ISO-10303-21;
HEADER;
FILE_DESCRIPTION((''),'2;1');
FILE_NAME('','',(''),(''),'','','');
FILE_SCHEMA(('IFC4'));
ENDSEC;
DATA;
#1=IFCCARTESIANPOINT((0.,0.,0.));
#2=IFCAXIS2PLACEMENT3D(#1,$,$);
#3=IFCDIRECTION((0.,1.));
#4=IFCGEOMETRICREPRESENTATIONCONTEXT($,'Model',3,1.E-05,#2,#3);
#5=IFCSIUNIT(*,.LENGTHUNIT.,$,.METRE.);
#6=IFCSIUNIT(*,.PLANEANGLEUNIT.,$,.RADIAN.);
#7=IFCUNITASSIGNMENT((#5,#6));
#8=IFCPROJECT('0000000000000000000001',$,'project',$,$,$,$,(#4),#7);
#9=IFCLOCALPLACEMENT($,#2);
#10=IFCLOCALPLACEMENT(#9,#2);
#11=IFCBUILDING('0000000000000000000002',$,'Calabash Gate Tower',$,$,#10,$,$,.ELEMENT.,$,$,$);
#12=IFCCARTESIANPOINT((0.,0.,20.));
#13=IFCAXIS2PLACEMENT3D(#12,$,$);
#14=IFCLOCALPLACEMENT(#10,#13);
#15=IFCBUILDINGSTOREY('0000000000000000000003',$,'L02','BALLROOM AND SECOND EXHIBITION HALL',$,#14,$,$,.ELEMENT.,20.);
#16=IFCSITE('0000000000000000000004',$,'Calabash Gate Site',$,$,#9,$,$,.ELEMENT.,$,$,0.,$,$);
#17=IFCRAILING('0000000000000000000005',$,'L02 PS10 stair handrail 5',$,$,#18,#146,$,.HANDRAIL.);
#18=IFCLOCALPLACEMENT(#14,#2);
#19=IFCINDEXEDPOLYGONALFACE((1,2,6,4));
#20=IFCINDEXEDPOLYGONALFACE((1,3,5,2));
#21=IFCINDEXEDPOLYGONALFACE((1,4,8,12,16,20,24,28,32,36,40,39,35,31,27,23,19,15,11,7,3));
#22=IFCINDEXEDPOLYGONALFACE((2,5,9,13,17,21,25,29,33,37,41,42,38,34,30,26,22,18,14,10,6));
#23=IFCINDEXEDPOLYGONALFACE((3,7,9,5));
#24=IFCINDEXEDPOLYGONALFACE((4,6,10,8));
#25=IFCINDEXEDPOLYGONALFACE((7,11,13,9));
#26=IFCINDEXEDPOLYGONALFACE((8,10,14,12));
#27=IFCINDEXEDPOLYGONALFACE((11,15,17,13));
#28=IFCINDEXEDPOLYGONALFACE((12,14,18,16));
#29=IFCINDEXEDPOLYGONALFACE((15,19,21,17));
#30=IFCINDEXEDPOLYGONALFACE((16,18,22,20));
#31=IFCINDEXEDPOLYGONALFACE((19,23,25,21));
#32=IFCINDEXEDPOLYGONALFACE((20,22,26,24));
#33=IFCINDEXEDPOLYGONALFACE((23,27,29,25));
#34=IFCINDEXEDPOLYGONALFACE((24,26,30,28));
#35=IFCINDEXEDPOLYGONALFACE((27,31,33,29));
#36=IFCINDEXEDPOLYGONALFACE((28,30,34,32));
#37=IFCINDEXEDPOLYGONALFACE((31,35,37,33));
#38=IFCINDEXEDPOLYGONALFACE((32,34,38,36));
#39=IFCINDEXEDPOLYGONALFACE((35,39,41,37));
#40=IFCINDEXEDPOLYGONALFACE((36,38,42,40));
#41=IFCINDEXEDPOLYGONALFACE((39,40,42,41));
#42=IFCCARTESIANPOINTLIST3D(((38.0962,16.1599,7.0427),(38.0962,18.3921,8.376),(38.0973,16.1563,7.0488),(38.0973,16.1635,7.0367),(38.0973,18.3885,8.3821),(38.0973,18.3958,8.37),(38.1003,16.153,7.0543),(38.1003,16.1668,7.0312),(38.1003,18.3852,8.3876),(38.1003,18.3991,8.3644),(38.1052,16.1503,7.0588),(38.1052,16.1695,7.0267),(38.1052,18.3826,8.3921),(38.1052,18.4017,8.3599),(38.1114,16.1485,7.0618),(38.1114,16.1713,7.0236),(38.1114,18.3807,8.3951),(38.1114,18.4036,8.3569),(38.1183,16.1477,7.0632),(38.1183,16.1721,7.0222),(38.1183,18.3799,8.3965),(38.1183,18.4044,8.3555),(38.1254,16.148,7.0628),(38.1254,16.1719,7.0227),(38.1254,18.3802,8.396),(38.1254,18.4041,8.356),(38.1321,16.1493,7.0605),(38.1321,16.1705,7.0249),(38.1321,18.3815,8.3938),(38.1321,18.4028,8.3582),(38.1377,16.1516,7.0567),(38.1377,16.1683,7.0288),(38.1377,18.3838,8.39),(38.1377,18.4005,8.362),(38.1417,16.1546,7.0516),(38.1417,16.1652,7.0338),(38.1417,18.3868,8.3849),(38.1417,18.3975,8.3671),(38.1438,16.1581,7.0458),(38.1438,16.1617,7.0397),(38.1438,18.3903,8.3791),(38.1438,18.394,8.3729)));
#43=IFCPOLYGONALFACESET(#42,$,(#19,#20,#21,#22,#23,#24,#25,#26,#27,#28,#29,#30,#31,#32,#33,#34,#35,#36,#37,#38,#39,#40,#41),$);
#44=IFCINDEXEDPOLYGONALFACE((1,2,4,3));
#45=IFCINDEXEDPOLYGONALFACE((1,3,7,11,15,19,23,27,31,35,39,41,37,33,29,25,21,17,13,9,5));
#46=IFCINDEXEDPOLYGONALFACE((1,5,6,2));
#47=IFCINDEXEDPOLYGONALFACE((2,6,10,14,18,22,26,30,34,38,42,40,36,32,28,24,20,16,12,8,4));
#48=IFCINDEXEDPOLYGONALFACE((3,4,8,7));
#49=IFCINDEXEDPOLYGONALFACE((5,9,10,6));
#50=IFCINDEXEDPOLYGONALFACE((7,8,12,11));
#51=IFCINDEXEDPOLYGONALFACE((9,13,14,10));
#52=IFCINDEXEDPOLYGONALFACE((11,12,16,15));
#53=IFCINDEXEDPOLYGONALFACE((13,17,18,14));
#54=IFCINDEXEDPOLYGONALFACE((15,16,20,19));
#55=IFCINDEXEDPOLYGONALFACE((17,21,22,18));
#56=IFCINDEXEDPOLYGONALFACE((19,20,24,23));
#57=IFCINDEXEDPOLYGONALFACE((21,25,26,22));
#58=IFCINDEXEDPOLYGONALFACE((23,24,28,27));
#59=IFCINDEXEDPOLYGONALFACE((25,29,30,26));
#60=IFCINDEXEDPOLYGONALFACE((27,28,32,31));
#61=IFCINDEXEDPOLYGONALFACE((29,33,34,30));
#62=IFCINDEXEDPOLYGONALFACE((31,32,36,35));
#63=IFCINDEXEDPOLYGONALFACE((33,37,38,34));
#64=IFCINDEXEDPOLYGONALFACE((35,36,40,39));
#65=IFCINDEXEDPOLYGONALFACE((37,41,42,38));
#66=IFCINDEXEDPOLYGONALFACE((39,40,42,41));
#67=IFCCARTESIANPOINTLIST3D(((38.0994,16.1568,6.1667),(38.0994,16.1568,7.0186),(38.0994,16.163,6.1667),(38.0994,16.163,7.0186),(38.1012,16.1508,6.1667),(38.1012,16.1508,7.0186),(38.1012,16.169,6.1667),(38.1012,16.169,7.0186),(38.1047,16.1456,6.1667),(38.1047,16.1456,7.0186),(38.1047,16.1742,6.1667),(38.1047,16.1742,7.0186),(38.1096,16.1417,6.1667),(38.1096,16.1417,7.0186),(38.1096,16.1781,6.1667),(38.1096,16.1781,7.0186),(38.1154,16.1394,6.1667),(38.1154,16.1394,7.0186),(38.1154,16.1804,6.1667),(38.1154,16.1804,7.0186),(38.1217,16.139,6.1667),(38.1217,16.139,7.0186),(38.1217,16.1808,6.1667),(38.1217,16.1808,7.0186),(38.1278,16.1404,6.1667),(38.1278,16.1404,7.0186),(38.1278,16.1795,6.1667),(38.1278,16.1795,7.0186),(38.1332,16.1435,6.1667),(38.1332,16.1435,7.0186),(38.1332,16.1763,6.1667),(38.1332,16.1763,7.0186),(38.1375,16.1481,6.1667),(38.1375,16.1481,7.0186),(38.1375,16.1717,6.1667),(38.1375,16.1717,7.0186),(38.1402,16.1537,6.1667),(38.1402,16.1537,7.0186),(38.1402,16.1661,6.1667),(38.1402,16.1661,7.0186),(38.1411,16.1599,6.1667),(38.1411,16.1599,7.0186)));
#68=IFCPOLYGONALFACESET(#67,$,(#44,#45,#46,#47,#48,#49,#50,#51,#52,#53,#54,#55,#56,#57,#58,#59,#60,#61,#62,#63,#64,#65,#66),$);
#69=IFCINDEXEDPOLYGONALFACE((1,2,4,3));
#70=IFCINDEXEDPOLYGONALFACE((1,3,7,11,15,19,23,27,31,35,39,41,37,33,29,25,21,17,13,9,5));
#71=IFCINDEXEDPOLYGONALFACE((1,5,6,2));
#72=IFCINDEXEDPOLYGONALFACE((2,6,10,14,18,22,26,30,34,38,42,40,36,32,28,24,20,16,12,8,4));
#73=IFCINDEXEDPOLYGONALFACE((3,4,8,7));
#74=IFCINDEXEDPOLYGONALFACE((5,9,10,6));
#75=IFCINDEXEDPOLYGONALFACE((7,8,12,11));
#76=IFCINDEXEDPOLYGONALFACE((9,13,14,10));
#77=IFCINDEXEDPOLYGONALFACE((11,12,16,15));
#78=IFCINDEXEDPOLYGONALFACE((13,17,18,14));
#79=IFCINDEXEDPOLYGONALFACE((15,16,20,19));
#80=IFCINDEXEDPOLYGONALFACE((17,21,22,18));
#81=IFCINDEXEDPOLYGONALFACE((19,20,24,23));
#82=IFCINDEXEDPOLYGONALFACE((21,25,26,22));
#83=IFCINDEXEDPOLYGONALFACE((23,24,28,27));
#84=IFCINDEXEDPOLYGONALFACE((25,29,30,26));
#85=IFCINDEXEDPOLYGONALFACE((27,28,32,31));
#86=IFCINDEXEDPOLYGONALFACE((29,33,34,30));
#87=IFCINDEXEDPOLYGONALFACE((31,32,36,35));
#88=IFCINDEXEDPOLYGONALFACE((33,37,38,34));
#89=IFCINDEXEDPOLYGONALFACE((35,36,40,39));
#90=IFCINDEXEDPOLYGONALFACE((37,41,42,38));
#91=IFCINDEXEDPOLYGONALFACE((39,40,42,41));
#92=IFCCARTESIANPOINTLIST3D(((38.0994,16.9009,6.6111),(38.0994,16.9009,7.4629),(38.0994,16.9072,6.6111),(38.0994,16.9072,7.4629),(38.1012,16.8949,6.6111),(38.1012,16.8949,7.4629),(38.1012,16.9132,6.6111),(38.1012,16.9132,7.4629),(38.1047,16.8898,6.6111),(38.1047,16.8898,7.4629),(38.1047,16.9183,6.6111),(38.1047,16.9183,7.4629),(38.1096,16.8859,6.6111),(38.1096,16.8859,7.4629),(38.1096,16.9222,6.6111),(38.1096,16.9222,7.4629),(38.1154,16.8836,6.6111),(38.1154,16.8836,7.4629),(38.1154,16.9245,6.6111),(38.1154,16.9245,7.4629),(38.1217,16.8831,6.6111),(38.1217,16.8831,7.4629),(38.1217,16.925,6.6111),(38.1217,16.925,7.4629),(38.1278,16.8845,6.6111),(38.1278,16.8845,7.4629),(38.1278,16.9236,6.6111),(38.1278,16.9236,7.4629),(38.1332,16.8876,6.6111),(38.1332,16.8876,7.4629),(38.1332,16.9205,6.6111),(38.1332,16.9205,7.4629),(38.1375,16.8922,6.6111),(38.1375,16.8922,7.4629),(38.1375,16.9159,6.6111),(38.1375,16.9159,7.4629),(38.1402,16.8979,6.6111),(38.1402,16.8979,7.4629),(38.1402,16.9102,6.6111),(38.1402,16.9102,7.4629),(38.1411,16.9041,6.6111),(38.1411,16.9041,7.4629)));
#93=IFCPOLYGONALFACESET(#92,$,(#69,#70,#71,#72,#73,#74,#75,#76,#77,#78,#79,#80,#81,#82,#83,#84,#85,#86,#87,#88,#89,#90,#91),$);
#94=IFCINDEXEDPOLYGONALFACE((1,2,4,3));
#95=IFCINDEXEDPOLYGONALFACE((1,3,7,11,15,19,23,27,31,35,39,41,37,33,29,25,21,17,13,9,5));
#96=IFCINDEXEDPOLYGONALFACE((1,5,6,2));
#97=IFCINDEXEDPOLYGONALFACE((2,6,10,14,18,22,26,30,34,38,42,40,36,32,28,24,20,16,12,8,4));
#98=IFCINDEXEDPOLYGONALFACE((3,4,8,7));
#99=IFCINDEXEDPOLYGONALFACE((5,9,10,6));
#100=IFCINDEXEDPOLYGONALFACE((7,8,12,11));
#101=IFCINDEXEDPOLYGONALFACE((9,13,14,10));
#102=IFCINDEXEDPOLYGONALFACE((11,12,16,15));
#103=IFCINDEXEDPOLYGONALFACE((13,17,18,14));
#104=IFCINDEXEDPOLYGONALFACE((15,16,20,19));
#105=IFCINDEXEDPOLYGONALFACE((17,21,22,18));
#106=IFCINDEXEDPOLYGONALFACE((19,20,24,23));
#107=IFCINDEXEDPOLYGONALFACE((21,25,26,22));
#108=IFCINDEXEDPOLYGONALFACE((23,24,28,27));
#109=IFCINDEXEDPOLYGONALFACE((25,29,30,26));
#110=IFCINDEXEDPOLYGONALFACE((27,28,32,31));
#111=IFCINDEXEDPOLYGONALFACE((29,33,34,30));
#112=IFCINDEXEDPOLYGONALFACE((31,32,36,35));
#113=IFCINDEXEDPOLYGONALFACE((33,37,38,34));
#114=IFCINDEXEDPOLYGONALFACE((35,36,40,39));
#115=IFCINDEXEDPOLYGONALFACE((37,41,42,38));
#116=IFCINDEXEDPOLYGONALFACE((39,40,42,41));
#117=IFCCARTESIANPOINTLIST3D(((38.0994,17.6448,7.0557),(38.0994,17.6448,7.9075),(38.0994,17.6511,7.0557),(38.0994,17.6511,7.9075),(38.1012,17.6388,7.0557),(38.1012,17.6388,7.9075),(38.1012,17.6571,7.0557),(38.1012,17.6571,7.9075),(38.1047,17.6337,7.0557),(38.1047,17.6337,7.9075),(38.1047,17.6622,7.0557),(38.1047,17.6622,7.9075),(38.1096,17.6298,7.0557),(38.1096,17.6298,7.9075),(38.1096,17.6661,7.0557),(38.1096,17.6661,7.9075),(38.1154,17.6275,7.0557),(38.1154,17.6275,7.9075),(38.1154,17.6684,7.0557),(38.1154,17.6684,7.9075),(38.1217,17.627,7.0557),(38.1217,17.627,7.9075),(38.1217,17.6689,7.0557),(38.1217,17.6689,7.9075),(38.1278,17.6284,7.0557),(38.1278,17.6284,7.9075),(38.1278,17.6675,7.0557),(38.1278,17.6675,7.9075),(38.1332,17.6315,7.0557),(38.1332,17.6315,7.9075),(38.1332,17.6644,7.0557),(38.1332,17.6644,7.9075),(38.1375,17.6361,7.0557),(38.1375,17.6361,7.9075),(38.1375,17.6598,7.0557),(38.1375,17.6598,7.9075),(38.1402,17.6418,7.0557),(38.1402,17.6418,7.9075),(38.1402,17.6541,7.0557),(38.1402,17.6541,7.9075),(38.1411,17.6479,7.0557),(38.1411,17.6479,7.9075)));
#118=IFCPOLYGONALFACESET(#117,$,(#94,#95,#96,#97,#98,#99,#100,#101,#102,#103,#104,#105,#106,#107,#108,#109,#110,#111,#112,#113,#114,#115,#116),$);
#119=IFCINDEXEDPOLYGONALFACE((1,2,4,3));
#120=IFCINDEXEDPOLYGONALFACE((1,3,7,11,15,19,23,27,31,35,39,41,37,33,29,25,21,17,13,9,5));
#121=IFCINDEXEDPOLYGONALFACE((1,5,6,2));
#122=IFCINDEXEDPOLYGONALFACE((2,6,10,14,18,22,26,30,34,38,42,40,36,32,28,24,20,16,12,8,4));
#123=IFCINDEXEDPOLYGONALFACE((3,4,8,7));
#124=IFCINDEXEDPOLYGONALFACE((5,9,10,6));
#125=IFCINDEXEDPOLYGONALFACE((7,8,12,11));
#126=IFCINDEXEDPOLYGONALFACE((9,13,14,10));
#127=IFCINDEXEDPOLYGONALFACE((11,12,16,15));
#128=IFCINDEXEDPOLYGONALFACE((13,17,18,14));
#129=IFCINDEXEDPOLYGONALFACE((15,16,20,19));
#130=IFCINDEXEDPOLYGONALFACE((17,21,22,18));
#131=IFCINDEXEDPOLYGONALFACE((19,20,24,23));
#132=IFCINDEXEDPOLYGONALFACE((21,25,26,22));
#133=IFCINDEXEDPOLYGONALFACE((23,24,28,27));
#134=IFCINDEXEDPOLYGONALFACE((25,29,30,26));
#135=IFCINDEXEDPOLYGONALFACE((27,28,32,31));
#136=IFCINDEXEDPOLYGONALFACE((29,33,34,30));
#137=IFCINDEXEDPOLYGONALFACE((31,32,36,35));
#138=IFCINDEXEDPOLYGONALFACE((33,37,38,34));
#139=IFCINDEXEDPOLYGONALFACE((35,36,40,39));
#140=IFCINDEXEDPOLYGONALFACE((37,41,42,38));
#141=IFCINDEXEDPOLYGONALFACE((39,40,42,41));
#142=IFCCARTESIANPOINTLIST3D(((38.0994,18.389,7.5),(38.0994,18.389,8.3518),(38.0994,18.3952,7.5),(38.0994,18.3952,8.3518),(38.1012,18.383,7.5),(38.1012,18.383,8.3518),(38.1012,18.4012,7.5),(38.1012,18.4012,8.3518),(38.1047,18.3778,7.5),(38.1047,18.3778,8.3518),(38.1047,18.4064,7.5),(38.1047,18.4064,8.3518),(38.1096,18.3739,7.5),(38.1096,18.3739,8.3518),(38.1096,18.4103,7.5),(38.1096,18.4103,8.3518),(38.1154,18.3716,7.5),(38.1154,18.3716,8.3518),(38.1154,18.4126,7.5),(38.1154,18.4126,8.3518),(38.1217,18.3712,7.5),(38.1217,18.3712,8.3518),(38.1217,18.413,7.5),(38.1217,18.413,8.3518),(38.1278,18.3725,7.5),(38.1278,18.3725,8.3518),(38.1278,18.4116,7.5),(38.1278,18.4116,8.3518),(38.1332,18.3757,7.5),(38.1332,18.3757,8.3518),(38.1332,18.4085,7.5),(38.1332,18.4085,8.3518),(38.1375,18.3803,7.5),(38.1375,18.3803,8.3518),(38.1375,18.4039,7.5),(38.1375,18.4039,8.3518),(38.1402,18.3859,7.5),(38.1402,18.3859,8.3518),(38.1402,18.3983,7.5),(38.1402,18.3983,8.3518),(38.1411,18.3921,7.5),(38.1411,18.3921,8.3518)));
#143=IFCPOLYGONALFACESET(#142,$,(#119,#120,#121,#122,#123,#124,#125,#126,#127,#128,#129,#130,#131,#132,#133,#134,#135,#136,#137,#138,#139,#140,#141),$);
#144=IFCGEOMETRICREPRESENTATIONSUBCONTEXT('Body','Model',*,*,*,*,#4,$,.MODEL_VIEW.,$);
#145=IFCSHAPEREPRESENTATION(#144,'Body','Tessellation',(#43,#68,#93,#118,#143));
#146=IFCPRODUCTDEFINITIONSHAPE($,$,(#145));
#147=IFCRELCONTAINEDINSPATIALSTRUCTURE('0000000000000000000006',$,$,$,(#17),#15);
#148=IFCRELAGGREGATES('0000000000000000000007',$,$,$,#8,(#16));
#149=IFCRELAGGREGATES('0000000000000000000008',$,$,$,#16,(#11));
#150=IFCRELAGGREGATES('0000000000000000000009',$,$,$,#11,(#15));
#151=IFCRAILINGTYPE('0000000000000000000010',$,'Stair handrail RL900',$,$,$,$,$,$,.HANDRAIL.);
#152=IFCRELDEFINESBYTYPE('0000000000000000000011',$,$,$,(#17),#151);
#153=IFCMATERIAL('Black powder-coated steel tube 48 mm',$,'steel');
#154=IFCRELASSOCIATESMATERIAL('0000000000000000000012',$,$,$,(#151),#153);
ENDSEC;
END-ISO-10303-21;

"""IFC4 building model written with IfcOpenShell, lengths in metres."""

from ifc_helpers import new_model, si_unit, direction, frame, origin, origin_2d, place, context, subcontext, project, spatial, circle, extrude, material, type_object, element, save


model = new_model("IFC4")

# Units and contexts
model_context = context("Model", 3, precision=1e-05, world=origin(), true_north=direction((0.0, 1.0)))
body_context = subcontext(model_context, "Body", "Model", "MODEL_VIEW")
ifc_project = project(units=[si_unit("LENGTHUNIT", "METRE"), si_unit("PLANEANGLEUNIT", "RADIAN")], contexts=[model_context])

# Site, building, storey
site_placement = place(None, origin())
site = spatial("IfcSite", under=ifc_project, at=site_placement, Name="Calabash Gate Site", CompositionType="ELEMENT", RefElevation=0.0)
building_placement = place(site_placement, origin())
building = spatial("IfcBuilding", under=site, at=building_placement, Name="Calabash Gate Tower", CompositionType="ELEMENT")
storey_placement = place(building_placement, frame((0.0, 0.0, 20.0)))
storey = spatial("IfcBuildingStorey", under=building, at=storey_placement, Name="L02", Description="BALLROOM AND SECOND EXHIBITION HALL", CompositionType="ELEMENT", Elevation=20.0)

# Railing
ifc_material_1 = material(Name="Black powder-coated steel tube 48 mm", Category="steel")
railing_type_1 = type_object("IfcRailingType", Name="Stair handrail RL900", PredefinedType="HANDRAIL", material=ifc_material_1)
for number, where, name in (
    (1, (38.1201, 16.1599, 6.1667), "L02 PS10 stair handrail 5"),
):
    element("IfcRailing", number, at=place(storey_placement, frame(where)), inside=storey, type_object=railing_type_1, Name=name, PredefinedType="HANDRAIL", context=body_context, shape_type="SweptSolid", body=[
        extrude(circle(Radius=0.0239, at=origin_2d()), frame((0.0, 0.0, 0.876), z_axis=(0.0, 0.858519, 0.512782), x_axis=(-1.0, 0.0, 0.0)), (0.0, 0.0, 1.0), 2.6001),
        extrude(circle(Radius=0.021, at=origin_2d()), origin(), (0.0, 0.0, 1.0), 0.8518),
        extrude(circle(Radius=0.021, at=origin_2d()), frame((0.0, 0.7441, 0.4443)), (0.0, 0.0, 1.0), 0.8518),
        extrude(circle(Radius=0.021, at=origin_2d()), frame((0.0, 1.488, 0.8889)), (0.0, 0.0, 1.0), 0.8518),
        extrude(circle(Radius=0.021, at=origin_2d()), frame((0.0, 2.2322, 1.3333)), (0.0, 0.0, 1.0), 0.8518),
    ])

save(model, "model.ifc")
